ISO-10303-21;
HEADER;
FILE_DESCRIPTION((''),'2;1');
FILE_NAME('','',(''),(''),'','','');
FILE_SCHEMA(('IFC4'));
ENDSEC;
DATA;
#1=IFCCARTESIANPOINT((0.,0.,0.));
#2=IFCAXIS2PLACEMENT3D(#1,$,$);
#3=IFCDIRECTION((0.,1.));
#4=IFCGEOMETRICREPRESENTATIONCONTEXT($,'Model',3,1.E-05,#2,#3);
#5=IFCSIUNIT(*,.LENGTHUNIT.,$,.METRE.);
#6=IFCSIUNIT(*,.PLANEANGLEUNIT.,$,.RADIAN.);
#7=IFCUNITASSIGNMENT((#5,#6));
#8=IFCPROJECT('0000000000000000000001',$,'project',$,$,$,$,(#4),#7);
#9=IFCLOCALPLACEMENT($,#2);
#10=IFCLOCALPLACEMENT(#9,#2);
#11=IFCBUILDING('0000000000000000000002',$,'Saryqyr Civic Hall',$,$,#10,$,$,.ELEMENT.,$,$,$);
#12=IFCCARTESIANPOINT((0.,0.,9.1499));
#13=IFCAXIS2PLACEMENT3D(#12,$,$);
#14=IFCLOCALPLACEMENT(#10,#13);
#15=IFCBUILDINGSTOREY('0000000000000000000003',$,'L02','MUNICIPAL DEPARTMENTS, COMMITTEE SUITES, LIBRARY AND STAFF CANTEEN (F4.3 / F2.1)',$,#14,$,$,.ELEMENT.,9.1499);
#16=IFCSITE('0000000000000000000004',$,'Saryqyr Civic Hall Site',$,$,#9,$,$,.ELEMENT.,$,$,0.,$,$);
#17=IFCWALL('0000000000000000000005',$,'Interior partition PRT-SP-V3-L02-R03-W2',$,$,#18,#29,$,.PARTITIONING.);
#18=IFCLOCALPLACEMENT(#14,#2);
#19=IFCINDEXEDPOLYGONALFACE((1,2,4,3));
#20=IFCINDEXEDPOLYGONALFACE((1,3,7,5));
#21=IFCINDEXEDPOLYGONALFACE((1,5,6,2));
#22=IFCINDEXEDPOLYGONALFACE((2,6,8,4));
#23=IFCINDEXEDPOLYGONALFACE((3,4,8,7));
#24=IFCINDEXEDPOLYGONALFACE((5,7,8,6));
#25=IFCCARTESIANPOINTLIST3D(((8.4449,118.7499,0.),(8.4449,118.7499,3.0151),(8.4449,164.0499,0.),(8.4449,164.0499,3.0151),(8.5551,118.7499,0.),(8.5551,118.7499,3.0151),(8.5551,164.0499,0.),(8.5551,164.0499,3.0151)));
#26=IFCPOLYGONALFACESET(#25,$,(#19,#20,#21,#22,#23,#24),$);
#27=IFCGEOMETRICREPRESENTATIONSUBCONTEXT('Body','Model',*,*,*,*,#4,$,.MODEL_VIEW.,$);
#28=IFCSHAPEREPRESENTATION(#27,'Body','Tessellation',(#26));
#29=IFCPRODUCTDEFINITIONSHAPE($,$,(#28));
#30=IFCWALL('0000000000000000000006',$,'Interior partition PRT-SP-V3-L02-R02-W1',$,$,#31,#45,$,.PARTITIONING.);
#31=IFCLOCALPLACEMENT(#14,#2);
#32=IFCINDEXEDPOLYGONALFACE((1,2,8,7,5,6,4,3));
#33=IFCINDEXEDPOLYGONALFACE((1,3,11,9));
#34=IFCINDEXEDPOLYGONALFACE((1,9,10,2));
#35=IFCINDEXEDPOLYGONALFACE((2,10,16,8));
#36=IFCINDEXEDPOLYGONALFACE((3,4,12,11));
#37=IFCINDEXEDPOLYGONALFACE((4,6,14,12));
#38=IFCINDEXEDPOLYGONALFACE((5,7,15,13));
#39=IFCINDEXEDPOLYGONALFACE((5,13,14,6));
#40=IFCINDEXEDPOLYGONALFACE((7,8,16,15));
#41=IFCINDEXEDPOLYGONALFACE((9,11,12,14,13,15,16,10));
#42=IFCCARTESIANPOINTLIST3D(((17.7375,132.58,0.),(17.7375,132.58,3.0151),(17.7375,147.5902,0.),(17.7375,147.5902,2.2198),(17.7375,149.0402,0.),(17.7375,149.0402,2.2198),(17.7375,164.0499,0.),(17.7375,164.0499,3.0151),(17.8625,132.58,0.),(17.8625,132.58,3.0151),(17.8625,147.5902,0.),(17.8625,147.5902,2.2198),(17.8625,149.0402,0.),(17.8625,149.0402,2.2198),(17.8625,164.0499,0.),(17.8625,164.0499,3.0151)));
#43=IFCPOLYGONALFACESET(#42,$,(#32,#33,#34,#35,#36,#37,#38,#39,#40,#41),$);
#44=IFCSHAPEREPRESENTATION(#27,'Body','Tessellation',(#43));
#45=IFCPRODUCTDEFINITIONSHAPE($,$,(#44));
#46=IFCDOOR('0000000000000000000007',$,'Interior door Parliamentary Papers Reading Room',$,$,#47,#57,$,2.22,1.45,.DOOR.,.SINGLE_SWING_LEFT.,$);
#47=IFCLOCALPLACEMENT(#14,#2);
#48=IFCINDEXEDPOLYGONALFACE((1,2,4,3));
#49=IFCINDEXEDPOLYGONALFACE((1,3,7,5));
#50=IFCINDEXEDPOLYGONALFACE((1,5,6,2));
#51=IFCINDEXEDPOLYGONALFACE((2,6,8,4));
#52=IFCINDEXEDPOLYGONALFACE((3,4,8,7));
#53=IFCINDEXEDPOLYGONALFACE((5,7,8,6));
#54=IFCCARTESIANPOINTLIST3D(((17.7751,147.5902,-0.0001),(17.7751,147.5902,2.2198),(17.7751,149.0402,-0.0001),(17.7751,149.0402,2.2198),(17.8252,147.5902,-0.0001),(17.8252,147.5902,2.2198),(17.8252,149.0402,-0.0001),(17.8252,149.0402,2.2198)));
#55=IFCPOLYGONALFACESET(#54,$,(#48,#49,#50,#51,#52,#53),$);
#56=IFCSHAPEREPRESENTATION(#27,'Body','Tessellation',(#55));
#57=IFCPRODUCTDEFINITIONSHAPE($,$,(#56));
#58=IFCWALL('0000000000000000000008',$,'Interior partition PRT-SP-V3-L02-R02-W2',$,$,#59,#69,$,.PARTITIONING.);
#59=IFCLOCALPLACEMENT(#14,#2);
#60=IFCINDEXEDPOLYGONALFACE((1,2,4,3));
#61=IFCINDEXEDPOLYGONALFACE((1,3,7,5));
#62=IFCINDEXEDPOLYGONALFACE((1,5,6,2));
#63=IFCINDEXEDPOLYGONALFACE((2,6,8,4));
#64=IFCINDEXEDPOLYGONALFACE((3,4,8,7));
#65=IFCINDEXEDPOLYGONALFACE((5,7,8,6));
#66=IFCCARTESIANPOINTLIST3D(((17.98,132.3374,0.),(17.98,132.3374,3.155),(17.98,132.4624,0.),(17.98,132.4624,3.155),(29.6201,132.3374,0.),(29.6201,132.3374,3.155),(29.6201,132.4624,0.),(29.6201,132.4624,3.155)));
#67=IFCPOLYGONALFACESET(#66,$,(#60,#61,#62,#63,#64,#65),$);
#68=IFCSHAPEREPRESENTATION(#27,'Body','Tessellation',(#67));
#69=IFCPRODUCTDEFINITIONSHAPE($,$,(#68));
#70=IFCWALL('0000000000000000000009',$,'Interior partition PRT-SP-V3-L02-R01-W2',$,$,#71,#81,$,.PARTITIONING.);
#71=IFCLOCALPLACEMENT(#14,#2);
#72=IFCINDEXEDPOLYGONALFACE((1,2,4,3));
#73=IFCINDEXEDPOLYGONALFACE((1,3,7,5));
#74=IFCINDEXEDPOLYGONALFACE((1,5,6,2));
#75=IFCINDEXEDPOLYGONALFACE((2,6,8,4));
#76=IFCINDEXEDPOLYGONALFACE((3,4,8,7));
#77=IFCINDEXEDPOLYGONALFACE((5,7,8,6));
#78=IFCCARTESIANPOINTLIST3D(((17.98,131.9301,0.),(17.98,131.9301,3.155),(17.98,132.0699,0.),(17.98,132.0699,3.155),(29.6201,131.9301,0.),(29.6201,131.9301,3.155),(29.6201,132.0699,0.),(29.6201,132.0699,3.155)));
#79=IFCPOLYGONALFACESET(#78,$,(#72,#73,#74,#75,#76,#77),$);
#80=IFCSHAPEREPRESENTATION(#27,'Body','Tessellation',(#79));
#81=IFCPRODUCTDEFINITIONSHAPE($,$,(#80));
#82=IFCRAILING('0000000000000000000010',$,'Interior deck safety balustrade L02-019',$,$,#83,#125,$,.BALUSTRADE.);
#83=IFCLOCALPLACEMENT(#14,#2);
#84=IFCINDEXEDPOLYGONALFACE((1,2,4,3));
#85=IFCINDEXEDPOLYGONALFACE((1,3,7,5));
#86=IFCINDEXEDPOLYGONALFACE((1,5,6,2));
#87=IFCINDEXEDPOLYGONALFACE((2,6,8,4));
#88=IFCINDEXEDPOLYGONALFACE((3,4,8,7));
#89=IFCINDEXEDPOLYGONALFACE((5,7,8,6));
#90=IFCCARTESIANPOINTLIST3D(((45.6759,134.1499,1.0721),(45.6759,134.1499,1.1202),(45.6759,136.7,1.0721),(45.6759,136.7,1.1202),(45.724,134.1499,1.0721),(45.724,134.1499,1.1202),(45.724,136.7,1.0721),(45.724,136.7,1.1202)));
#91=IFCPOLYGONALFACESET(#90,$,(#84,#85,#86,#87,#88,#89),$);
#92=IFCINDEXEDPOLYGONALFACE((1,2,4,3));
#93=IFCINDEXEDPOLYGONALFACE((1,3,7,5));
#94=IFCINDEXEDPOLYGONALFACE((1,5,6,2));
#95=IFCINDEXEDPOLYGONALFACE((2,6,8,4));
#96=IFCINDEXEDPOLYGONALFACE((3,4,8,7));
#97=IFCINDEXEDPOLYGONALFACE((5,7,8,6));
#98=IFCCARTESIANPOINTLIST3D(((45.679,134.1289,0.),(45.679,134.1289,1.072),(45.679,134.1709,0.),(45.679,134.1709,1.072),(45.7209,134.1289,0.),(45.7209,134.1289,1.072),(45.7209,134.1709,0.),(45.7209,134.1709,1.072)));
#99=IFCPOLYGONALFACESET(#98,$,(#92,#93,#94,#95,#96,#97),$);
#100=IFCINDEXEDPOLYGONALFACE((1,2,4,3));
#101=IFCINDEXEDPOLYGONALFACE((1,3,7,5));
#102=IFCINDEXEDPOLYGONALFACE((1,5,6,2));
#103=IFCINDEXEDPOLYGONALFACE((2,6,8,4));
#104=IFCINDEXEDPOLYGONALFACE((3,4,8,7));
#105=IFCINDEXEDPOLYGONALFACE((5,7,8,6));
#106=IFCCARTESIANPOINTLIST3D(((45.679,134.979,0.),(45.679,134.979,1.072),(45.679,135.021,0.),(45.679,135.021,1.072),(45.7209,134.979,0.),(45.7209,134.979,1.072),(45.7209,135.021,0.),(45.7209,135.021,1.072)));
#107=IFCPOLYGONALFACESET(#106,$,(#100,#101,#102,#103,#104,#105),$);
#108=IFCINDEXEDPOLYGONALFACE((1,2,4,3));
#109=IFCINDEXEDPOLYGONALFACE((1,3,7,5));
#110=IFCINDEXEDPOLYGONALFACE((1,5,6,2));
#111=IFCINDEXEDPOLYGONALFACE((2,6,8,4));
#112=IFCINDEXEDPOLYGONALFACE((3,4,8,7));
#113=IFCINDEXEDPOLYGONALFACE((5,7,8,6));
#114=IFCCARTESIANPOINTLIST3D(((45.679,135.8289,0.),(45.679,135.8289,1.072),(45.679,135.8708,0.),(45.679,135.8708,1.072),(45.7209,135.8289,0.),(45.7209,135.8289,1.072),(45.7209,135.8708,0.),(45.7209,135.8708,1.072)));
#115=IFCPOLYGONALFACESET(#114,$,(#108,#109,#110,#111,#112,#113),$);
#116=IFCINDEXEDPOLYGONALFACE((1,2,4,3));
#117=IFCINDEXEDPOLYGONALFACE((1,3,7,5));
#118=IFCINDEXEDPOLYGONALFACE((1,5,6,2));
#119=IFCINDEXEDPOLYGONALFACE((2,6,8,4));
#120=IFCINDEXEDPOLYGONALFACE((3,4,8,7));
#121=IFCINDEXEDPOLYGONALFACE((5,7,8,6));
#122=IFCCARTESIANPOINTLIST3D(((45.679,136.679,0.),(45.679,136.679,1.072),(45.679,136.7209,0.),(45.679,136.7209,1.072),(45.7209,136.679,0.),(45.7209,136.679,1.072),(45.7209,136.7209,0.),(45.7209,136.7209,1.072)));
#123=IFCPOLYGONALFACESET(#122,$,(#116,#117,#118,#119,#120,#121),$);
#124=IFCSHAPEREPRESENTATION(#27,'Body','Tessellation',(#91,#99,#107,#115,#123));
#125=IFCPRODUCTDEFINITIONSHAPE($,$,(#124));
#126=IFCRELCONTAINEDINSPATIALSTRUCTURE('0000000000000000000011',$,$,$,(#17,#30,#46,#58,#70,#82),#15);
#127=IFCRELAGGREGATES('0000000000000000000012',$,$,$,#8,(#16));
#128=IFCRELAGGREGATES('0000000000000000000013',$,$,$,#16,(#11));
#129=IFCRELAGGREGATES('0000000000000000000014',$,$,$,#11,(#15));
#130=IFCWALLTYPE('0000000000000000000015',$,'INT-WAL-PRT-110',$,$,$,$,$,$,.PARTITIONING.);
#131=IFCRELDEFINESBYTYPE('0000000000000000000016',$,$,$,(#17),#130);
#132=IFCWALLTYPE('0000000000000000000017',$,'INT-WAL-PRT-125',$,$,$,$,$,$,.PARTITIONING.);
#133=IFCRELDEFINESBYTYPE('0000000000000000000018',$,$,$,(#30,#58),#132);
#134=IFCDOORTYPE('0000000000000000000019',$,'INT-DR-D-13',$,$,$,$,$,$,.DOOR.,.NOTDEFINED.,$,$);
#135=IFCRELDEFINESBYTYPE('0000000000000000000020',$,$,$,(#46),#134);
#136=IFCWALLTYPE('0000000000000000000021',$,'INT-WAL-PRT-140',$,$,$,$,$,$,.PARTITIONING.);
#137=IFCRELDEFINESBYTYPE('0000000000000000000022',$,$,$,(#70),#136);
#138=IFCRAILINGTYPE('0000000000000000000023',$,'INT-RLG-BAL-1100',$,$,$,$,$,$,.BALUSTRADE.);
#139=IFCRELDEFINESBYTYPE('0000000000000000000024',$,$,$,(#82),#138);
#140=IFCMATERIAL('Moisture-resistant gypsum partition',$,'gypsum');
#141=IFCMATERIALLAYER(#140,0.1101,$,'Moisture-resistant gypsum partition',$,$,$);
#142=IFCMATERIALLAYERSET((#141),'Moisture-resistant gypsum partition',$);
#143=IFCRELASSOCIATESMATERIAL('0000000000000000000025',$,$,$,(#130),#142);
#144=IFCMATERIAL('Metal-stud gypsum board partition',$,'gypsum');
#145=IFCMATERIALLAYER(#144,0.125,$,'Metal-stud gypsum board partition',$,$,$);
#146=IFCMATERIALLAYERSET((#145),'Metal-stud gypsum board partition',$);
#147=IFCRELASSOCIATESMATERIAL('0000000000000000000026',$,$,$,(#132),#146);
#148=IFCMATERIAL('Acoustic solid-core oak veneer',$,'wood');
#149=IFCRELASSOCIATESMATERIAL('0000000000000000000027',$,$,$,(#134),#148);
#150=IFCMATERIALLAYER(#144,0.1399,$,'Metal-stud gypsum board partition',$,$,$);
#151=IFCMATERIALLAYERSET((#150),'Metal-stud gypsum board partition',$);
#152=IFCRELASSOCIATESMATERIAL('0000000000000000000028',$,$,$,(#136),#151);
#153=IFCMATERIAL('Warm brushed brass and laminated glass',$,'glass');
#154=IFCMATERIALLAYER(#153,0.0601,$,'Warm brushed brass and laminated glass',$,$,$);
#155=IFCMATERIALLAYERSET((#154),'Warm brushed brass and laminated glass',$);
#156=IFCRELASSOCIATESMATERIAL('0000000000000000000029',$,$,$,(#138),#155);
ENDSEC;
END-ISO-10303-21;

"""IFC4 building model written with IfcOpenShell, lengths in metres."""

from ifc_helpers import new_model, si_unit, direction, frame, frame_2d, origin, origin_2d, place, context, subcontext, project, spatial, rectangle, extrude, material, layer, layer_set, type_object, element, fill, save


model = new_model("IFC4")

# Units and contexts
model_context = context("Model", 3, precision=1e-05, world=origin(), true_north=direction((0.0, 1.0)))
body_context = subcontext(model_context, "Body", "Model", "MODEL_VIEW")
ifc_project = project(units=[si_unit("LENGTHUNIT", "METRE"), si_unit("PLANEANGLEUNIT", "RADIAN")], contexts=[model_context])

# Site, building, storey
site_placement = place(None, origin())
site = spatial("IfcSite", under=ifc_project, at=site_placement, Name="Saryqyr Civic Hall Site", CompositionType="ELEMENT", RefElevation=0.0)
building_placement = place(site_placement, origin())
building = spatial("IfcBuilding", under=site, at=building_placement, Name="Saryqyr Civic Hall", CompositionType="ELEMENT")
storey_placement = place(building_placement, frame((0.0, 0.0, 9.1499)))
storey = spatial("IfcBuildingStorey", under=building, at=storey_placement, Name="L02", Description="MUNICIPAL DEPARTMENTS, COMMITTEE SUITES, LIBRARY AND STAFF CANTEEN (F4.3 / F2.1)", CompositionType="ELEMENT", Elevation=9.1499)

# Wall
ifc_material_1 = material(Name="Moisture-resistant gypsum partition", Category="gypsum")
ifc_layer_1 = layer(ifc_material_1, 0.1101, Name="Moisture-resistant gypsum partition")
ifc_layer_set_1 = layer_set([ifc_layer_1], Name="Moisture-resistant gypsum partition")
wall_type_1 = type_object("IfcWallType", Name="INT-WAL-PRT-110", PredefinedType="PARTITIONING", material=ifc_layer_set_1)
wall_1_placement = place(storey_placement, frame((8.5, 118.75, 0.0), z_axis=(0.0, 0.0, 1.0), x_axis=(0.0, 1.0, 0.0)))
element("IfcWall", 1, at=wall_1_placement, inside=storey, type_object=wall_type_1, Name="Interior partition PRT-SP-V3-L02-R03-W2", PredefinedType="PARTITIONING", context=body_context, shape_type="SweptSolid", body=[
    extrude(rectangle(XDim=45.3, YDim=0.1101, at=frame_2d((22.6499, 0.0))), origin(), (0.0, 0.0, 1.0), 3.0151),
])

# Wall, opening, door
ifc_material_2 = material(Name="Metal-stud gypsum board partition", Category="gypsum")
ifc_layer_2 = layer(ifc_material_2, 0.125, Name="Metal-stud gypsum board partition")
ifc_layer_set_2 = layer_set([ifc_layer_2], Name="Metal-stud gypsum board partition")
wall_type_2 = type_object("IfcWallType", Name="INT-WAL-PRT-125", PredefinedType="PARTITIONING", material=ifc_layer_set_2)
wall_2_placement = place(storey_placement, frame((17.8, 132.5801, 0.0), z_axis=(0.0, 0.0, 1.0), x_axis=(0.0, 1.0, 0.0)))
wall_2 = element("IfcWall", 2, at=wall_2_placement, inside=storey, type_object=wall_type_2, Name="Interior partition PRT-SP-V3-L02-R02-W1", PredefinedType="PARTITIONING", context=body_context, shape_type="SweptSolid", body=[
    extrude(rectangle(XDim=31.47, YDim=0.125, at=frame_2d((15.7349, 0.0))), origin(), (0.0, 0.0, 1.0), 3.0151),
])
opening_1_placement = place(wall_2_placement, frame((15.01, 0.0, 0.0)))
opening_1 = element("IfcOpeningElement", 3, at=opening_1_placement, cuts=wall_2, PredefinedType="OPENING", context=body_context, shape_type="SweptSolid", body=[
    extrude(rectangle(XDim=1.45, YDim=2.22, at=frame_2d((0.7251, 1.1099))), frame((0.0, 0.0725, 0.0), z_axis=(0.0, -1.0, 0.0), x_axis=(1.0, 0.0, 0.0)), (0.0, 0.0, 1.0), 0.145),
])
ifc_material_3 = material(Name="Acoustic solid-core oak veneer", Category="wood")
door_type = type_object("IfcDoorType", Name="INT-DR-D-13", OperationType="NOTDEFINED", PredefinedType="DOOR", material=ifc_material_3)
door_placement = place(opening_1_placement, origin())
door = element("IfcDoor", 4, at=door_placement, inside=storey, type_object=door_type, Name="Interior door Parliamentary Papers Reading Room", OperationType="SINGLE_SWING_LEFT", OverallHeight=2.22, OverallWidth=1.45, PredefinedType="DOOR", context=body_context, shape_type="SweptSolid", body=[
    extrude(rectangle(XDim=1.45, YDim=2.22, at=frame_2d((0.7251, 1.1099))), frame((0.0, 0.0249, 0.0), z_axis=(0.0, -1.0, 0.0), x_axis=(1.0, 0.0, 0.0)), (0.0, 0.0, 1.0), 0.05),
])
fill(opening_1, door)

# Walls
wall_3_placement = place(storey_placement, frame((29.6201, 132.3999, 0.0), z_axis=(0.0, 0.0, 1.0), x_axis=(-1.0, 0.0, 0.0)))
element("IfcWall", 5, at=wall_3_placement, inside=storey, type_object=wall_type_2, Name="Interior partition PRT-SP-V3-L02-R02-W2", PredefinedType="PARTITIONING", context=body_context, shape_type="SweptSolid", body=[
    extrude(rectangle(XDim=11.6401, YDim=0.125, at=frame_2d((5.8201, 0.0))), origin(), (0.0, 0.0, 1.0), 3.155),
])
ifc_layer_3 = layer(ifc_material_2, 0.1399, Name="Metal-stud gypsum board partition")
ifc_layer_set_3 = layer_set([ifc_layer_3], Name="Metal-stud gypsum board partition")
wall_type_3 = type_object("IfcWallType", Name="INT-WAL-PRT-140", PredefinedType="PARTITIONING", material=ifc_layer_set_3)
wall_4_placement = place(storey_placement, frame((17.98, 132.0, 0.0), z_axis=(0.0, 0.0, 1.0), x_axis=(1.0, 0.0, 0.0)))
element("IfcWall", 6, at=wall_4_placement, inside=storey, type_object=wall_type_3, Name="Interior partition PRT-SP-V3-L02-R01-W2", PredefinedType="PARTITIONING", context=body_context, shape_type="SweptSolid", body=[
    extrude(rectangle(XDim=11.6401, YDim=0.1399, at=frame_2d((5.8201, 0.0))), origin(), (0.0, 0.0, 1.0), 3.155),
])

# Railing
ifc_material_4 = material(Name="Warm brushed brass and laminated glass", Category="glass")
ifc_layer_4 = layer(ifc_material_4, 0.0601, Name="Warm brushed brass and laminated glass")
ifc_layer_set_4 = layer_set([ifc_layer_4], Name="Warm brushed brass and laminated glass")
railing_type = type_object("IfcRailingType", Name="INT-RLG-BAL-1100", PredefinedType="BALUSTRADE", material=ifc_layer_set_4)
railing_placement = place(storey_placement, frame((45.7, 134.1499, 0.0)))
element("IfcRailing", 7, at=railing_placement, inside=storey, type_object=railing_type, Name="Interior deck safety balustrade L02-019", PredefinedType="BALUSTRADE", context=body_context, shape_type="SweptSolid", body=[
    extrude(rectangle(XDim=0.0481, YDim=0.0481, at=origin_2d()), frame((0.0, 0.0, 1.0962), z_axis=(0.0, 1.0, 0.0), x_axis=(-1.0, 0.0, 0.0)), (0.0, 0.0, 1.0), 2.55),
    extrude(rectangle(XDim=0.042, YDim=0.042, at=origin_2d()), origin(), (0.0, 0.0, 1.0), 1.072),
    extrude(rectangle(XDim=0.042, YDim=0.042, at=origin_2d()), frame((0.0, 0.8501, 0.0)), (0.0, 0.0, 1.0), 1.072),
    extrude(rectangle(XDim=0.042, YDim=0.042, at=origin_2d()), frame((0.0, 1.7, 0.0)), (0.0, 0.0, 1.0), 1.072),
    extrude(rectangle(XDim=0.042, YDim=0.042, at=origin_2d()), frame((0.0, 2.55, 0.0)), (0.0, 0.0, 1.0), 1.072),
])

save(model, "model.ifc")
